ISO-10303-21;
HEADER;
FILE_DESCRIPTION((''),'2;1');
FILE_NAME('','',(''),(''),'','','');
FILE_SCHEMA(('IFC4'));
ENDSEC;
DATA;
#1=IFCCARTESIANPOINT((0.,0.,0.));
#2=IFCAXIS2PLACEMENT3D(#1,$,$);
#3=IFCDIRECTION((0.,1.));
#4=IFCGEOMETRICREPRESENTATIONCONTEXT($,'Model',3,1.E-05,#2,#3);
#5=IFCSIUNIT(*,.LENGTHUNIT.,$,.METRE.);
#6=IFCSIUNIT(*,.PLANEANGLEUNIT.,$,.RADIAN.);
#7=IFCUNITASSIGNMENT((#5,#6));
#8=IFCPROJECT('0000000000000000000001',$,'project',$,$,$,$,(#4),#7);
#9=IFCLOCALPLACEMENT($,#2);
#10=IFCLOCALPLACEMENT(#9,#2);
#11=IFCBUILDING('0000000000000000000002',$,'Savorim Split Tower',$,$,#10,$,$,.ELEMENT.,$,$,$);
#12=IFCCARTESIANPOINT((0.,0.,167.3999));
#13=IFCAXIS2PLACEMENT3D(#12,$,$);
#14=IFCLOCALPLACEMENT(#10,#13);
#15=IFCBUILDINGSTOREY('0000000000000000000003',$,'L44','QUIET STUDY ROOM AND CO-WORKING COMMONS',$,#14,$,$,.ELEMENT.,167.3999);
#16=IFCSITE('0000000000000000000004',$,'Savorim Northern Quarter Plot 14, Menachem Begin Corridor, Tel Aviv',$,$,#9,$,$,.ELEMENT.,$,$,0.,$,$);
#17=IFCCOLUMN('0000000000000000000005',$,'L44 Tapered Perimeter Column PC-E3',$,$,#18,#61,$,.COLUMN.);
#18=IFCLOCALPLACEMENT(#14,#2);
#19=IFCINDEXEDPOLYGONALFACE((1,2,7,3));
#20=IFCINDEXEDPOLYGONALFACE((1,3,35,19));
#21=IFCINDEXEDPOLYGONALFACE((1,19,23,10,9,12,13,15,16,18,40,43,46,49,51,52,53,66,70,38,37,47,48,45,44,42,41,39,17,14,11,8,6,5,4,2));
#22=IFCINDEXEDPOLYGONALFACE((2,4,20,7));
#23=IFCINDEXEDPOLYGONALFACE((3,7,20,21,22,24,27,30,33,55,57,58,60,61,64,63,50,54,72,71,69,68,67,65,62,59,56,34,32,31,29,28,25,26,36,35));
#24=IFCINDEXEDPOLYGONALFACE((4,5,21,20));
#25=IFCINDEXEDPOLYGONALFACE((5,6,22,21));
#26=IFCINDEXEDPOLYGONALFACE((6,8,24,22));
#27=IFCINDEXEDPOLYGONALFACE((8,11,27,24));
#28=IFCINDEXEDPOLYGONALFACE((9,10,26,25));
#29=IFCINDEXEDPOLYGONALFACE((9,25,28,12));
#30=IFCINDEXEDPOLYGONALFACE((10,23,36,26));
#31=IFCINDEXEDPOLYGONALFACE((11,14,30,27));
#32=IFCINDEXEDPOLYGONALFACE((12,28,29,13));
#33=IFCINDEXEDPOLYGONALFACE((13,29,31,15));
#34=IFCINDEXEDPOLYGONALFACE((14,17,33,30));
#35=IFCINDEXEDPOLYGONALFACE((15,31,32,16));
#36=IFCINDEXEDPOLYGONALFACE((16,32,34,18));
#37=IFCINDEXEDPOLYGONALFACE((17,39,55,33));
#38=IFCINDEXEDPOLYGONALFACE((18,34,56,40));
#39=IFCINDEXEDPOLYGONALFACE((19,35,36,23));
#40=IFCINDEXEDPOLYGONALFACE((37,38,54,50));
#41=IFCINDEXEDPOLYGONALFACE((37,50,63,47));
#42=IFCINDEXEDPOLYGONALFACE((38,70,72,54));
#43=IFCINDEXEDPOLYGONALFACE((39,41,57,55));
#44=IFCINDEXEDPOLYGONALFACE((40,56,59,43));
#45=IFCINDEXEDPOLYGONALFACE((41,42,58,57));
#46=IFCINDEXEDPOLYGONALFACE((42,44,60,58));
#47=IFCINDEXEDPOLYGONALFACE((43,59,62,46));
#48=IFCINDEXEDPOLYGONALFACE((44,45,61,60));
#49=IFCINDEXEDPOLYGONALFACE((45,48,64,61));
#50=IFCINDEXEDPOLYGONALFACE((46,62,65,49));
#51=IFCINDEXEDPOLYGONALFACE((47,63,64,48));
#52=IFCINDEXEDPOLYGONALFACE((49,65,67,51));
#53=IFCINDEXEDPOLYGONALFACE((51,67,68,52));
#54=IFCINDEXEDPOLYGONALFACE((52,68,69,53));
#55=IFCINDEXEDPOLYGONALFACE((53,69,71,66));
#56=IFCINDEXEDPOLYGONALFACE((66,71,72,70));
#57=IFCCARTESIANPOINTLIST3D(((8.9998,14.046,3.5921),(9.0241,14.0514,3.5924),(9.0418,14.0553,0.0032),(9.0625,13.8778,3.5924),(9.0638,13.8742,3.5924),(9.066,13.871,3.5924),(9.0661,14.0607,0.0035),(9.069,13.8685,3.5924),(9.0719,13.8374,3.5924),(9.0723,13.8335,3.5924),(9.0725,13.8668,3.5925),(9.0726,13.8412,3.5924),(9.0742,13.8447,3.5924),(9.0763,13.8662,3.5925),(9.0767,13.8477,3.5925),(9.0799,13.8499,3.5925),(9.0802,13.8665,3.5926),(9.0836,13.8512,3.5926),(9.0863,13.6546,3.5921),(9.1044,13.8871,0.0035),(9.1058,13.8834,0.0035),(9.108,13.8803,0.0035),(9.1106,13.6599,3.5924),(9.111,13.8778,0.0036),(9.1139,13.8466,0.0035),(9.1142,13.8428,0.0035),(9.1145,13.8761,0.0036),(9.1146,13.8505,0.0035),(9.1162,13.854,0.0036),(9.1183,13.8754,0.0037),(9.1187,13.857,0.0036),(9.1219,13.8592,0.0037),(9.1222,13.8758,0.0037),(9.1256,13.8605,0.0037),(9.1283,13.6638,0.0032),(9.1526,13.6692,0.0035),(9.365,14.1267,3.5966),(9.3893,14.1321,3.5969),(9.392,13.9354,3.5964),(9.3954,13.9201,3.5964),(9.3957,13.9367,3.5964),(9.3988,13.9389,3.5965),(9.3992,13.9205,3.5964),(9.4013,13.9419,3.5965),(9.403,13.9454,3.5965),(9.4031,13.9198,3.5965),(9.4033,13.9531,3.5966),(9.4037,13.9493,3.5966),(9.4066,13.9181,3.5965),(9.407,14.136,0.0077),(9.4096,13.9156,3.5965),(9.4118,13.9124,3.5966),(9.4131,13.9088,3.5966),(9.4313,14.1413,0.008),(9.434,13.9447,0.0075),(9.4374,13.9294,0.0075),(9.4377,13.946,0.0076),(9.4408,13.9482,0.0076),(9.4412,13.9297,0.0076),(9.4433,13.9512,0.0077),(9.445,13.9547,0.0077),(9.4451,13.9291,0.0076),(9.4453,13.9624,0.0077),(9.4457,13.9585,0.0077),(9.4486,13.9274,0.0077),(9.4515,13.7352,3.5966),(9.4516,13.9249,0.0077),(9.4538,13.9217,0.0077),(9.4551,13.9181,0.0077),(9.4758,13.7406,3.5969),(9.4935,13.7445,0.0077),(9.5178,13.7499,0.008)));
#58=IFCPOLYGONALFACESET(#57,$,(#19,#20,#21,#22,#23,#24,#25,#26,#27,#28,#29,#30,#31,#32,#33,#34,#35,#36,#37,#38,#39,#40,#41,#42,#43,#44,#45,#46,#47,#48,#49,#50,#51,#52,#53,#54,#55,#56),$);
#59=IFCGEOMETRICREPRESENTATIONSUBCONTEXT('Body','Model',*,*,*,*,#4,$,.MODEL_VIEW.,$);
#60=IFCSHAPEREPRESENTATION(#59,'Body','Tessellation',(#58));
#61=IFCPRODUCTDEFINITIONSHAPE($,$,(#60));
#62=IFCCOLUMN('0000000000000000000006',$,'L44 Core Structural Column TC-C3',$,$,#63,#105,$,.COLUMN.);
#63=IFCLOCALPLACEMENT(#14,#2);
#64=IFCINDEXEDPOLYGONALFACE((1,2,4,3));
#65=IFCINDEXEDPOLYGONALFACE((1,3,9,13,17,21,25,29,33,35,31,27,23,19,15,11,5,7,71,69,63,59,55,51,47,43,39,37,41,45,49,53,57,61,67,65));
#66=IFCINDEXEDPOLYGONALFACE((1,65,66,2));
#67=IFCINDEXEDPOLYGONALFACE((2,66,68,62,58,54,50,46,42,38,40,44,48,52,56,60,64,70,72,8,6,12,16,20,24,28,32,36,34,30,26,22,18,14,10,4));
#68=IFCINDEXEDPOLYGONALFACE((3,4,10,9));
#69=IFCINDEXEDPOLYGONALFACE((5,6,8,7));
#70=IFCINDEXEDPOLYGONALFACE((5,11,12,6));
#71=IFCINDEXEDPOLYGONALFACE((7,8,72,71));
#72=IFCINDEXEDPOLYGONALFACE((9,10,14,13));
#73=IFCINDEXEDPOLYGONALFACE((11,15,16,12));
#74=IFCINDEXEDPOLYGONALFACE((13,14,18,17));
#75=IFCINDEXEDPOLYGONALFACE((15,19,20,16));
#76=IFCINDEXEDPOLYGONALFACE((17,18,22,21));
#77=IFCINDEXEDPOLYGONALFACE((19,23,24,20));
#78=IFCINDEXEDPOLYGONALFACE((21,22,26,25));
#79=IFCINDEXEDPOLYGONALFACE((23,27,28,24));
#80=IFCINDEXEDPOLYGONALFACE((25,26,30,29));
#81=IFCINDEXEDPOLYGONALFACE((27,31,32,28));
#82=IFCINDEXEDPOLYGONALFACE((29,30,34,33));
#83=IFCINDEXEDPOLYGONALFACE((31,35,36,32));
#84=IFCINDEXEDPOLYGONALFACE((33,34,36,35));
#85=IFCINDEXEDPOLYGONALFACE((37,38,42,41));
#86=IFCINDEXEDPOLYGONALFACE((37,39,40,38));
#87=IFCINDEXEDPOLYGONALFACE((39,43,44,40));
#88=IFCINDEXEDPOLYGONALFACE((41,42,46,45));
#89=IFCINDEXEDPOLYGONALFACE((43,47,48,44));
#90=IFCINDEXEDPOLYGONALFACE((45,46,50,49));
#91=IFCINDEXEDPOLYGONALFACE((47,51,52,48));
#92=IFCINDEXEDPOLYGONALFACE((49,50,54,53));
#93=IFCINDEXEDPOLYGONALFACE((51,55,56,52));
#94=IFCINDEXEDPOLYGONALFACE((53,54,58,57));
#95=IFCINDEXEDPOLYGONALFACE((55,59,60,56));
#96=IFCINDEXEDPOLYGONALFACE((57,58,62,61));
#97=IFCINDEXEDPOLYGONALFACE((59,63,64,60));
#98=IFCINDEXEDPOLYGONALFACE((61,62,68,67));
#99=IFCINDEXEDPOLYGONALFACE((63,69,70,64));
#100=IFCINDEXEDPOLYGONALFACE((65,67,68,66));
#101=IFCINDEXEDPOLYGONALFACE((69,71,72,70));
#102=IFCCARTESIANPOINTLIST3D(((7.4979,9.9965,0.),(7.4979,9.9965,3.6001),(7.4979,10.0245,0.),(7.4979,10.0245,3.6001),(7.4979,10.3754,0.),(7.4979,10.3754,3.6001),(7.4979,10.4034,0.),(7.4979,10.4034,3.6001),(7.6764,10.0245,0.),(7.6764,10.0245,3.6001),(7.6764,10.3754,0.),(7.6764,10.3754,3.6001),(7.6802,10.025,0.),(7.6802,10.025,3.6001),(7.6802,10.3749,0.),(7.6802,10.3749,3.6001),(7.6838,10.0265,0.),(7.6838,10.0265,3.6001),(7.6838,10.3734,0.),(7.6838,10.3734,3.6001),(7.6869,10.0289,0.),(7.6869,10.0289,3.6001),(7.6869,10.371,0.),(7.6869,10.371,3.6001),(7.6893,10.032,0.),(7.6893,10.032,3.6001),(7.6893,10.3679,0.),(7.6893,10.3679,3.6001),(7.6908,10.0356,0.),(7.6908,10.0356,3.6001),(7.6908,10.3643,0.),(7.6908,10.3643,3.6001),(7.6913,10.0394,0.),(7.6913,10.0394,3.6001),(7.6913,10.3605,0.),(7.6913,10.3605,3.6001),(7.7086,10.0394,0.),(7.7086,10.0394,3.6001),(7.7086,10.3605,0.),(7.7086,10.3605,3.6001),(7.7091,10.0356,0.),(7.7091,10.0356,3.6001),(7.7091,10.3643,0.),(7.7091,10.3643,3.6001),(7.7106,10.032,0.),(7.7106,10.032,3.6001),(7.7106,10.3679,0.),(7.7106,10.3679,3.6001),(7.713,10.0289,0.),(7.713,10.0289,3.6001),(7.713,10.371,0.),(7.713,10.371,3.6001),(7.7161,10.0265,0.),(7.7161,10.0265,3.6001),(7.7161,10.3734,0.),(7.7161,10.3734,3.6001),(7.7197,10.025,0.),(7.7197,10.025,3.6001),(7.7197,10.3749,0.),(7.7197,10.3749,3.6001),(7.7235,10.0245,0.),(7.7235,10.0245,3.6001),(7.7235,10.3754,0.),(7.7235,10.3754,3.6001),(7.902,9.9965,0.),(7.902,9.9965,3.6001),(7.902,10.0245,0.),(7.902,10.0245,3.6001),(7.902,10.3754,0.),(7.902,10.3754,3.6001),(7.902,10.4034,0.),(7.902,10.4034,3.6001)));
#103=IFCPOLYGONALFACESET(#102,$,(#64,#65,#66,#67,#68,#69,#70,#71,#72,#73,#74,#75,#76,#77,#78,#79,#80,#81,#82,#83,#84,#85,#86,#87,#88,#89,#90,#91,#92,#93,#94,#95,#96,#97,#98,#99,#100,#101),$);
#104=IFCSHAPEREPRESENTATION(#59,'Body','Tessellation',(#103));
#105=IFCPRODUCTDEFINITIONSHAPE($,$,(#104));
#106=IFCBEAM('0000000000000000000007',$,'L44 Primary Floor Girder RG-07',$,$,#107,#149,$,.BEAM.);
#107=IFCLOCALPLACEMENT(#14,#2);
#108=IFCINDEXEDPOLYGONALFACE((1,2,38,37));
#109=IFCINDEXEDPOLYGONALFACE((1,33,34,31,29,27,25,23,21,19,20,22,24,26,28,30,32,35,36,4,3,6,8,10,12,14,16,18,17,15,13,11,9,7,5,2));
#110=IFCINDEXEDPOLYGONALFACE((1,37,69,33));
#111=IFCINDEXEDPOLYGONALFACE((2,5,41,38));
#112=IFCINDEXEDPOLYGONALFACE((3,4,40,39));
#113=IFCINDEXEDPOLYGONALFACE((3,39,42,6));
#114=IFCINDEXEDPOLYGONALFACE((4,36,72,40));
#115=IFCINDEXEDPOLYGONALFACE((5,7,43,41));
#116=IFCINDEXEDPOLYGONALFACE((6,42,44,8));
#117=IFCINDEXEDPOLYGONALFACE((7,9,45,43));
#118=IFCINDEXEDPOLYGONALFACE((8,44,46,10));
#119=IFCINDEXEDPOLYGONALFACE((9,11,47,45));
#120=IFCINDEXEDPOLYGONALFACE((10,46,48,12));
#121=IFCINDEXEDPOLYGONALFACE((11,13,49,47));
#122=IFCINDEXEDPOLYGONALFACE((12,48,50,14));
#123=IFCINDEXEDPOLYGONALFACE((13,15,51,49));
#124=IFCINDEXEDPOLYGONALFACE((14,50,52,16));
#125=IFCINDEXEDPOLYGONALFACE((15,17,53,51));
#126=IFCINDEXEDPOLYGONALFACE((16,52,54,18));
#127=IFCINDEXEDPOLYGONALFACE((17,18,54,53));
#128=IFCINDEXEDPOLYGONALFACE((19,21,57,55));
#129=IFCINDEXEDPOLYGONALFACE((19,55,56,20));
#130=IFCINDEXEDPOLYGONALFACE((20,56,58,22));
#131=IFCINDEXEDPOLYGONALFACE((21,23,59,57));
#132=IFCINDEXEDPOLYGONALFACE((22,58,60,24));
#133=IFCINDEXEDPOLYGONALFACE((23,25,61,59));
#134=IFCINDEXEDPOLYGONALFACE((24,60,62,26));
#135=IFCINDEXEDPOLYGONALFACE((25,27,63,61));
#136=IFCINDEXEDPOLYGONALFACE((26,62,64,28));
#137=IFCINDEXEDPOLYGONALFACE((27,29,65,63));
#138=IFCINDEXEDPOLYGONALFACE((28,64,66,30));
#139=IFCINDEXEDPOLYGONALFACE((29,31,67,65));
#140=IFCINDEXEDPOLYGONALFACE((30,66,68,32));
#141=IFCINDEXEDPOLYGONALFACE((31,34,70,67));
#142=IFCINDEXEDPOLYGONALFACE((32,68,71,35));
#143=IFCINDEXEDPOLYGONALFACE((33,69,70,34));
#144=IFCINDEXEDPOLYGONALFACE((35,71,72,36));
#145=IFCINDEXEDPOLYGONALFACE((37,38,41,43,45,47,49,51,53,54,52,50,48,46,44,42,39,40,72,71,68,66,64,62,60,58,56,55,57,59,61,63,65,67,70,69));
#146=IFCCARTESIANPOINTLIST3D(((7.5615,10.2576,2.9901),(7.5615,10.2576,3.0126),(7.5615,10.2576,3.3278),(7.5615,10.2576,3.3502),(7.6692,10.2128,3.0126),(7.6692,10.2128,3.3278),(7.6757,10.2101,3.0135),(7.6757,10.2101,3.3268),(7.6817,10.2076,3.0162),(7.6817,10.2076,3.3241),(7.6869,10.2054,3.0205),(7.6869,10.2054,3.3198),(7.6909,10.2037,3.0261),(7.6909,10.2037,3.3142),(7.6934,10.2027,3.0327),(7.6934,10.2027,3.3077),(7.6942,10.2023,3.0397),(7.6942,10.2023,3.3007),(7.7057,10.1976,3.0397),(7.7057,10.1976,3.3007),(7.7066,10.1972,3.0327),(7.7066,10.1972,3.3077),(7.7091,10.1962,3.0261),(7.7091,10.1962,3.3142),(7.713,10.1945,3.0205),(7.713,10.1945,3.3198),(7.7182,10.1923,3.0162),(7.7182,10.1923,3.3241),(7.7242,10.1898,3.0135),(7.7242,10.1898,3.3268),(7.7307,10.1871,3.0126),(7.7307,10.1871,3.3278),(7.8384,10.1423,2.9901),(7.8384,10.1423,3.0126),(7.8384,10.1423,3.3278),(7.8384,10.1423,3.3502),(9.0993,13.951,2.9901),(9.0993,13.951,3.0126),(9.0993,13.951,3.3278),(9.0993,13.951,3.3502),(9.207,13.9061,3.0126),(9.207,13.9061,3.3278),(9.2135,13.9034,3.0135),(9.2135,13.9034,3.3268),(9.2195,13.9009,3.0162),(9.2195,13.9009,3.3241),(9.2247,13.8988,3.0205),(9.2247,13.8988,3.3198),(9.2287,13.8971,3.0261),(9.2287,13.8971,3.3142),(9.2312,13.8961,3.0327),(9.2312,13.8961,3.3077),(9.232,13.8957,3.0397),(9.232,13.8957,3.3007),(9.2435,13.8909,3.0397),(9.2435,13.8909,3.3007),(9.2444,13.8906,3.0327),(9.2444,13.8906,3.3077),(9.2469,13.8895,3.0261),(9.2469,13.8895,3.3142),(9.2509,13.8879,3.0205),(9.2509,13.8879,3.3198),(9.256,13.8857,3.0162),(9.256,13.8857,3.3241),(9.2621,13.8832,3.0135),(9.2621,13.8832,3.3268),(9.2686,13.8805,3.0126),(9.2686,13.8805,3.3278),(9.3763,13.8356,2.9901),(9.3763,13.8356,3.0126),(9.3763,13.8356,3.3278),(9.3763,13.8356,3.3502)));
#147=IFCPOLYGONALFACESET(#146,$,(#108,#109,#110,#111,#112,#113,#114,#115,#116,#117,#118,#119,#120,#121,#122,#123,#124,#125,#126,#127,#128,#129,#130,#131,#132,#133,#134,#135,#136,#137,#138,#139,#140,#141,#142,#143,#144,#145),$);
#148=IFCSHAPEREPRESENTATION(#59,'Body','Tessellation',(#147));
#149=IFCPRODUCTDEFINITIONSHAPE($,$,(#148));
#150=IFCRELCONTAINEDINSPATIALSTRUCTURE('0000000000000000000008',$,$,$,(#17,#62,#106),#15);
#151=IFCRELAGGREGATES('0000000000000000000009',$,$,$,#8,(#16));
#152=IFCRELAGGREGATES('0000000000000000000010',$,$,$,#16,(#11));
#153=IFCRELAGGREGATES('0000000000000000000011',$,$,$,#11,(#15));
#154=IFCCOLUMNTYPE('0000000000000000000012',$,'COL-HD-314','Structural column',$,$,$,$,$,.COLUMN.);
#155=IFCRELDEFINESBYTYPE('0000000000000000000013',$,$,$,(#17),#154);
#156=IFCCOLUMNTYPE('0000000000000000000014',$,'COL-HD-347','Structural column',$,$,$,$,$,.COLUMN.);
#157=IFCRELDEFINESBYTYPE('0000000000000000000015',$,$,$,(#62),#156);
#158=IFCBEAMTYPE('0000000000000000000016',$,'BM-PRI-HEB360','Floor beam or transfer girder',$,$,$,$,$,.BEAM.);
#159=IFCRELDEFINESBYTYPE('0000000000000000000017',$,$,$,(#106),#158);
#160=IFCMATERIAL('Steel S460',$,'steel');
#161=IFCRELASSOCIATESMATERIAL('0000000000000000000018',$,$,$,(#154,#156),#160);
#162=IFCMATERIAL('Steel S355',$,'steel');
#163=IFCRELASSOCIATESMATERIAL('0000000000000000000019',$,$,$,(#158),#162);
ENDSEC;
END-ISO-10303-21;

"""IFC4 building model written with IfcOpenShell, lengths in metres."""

from ifc_helpers import new_model, si_unit, direction, frame, origin, origin_2d, place, context, subcontext, project, spatial, i_section, extrude, material, material_profile, profile_set, type_object, element, save


model = new_model("IFC4")

# Units and contexts
model_context = context("Model", 3, precision=1e-05, world=origin(), true_north=direction((0.0, 1.0)))
body_context = subcontext(model_context, "Body", "Model", "MODEL_VIEW")
ifc_project = project(units=[si_unit("LENGTHUNIT", "METRE"), si_unit("PLANEANGLEUNIT", "RADIAN")], contexts=[model_context])

# Site, building, storey
site_placement = place(None, origin())
site = spatial("IfcSite", under=ifc_project, at=site_placement, Name="Savorim Northern Quarter Plot 14, Menachem Begin Corridor, Tel Aviv", CompositionType="ELEMENT", RefElevation=0.0)
building_placement = place(site_placement, origin())
building = spatial("IfcBuilding", under=site, at=building_placement, Name="Savorim Split Tower", CompositionType="ELEMENT")
storey_placement = place(building_placement, frame((0.0, 0.0, 167.3999)))
storey = spatial("IfcBuildingStorey", under=building, at=storey_placement, Name="L44", Description="QUIET STUDY ROOM AND CO-WORKING COMMONS", CompositionType="ELEMENT", Elevation=167.3999)

# Columns
ifc_material_1 = material(Name="Steel S460", Category="steel")
ifc_material_profile_1 = material_profile(ifc_material_1, i_section(OverallWidth=0.4009, OverallDepth=0.3989, WebThickness=0.0156, FlangeThickness=0.0249, FilletRadius=0.0149, at=origin_2d()), Name="HD 400x314")
ifc_profile_set_1 = profile_set([ifc_material_profile_1], Name="Steel S460")
column_type_1 = type_object("IfcColumnType", Name="COL-HD-314", Description="Structural column", PredefinedType="COLUMN", material=ifc_profile_set_1)
column_1_placement = place(storey_placement, frame((9.2798, 13.9026, 0.0056), z_axis=(-0.0117, -0.002585, 0.999928), x_axis=(0.215728, -0.976453, 0.0)))
element("IfcColumn", 1, at=column_1_placement, inside=storey, type_object=column_type_1, Name="L44 Tapered Perimeter Column PC-E3", PredefinedType="COLUMN", context=body_context, shape_type="SweptSolid", body=[
    extrude(i_section(OverallWidth=0.4009, OverallDepth=0.3989, WebThickness=0.0156, FlangeThickness=0.0249, FilletRadius=0.0149, at=origin_2d()), origin(), (0.0, 0.0, 1.0), 3.5891),
])
ifc_material_profile_2 = material_profile(ifc_material_1, i_section(OverallWidth=0.4041, OverallDepth=0.407, WebThickness=0.0173, FlangeThickness=0.0281, FilletRadius=0.0149, at=origin_2d()), Name="HD 400x347")
ifc_profile_set_2 = profile_set([ifc_material_profile_2], Name="Steel S460")
column_type_2 = type_object("IfcColumnType", Name="COL-HD-347", Description="Structural column", PredefinedType="COLUMN", material=ifc_profile_set_2)
column_2_placement = place(storey_placement, frame((7.7, 10.2, 0.0), z_axis=(0.0, 0.0, 1.0), x_axis=(1.0, 0.0, 0.0)))
element("IfcColumn", 2, at=column_2_placement, inside=storey, type_object=column_type_2, Name="L44 Core Structural Column TC-C3", PredefinedType="COLUMN", context=body_context, shape_type="SweptSolid", body=[
    extrude(i_section(OverallWidth=0.4041, OverallDepth=0.407, WebThickness=0.0173, FlangeThickness=0.0281, FilletRadius=0.0149, at=origin_2d()), origin(), (0.0, 0.0, 1.0), 3.6001),
])

# Beam
ifc_material_2 = material(Name="Steel S355", Category="steel")
ifc_material_profile_3 = material_profile(ifc_material_2, i_section(OverallWidth=0.3, OverallDepth=0.3601, WebThickness=0.0125, FlangeThickness=0.0225, FilletRadius=0.0271, at=origin_2d()), Name="HEB 360")
ifc_profile_set_3 = profile_set([ifc_material_profile_3], Name="Steel S355")
beam_type_1 = type_object("IfcBeamType", Name="BM-PRI-HEB360", Description="Floor beam or transfer girder", PredefinedType="BEAM", material=ifc_profile_set_3)
beam_1_placement = place(storey_placement, frame((9.2378, 13.8933, 3.1702), z_axis=(-0.38439, -0.923171, 0.0), x_axis=(0.923171, -0.38439, 0.0)))
element("IfcBeam", 3, at=beam_1_placement, inside=storey, type_object=beam_type_1, Name="L44 Primary Floor Girder RG-07", PredefinedType="BEAM", context=body_context, shape_type="SweptSolid", body=[
    extrude(i_section(OverallWidth=0.3, OverallDepth=0.3601, WebThickness=0.0125, FlangeThickness=0.0225, FilletRadius=0.0271, at=origin_2d()), origin(), (0.0, 0.0, 1.0), 4.0007),
])

save(model, "model.ifc")
